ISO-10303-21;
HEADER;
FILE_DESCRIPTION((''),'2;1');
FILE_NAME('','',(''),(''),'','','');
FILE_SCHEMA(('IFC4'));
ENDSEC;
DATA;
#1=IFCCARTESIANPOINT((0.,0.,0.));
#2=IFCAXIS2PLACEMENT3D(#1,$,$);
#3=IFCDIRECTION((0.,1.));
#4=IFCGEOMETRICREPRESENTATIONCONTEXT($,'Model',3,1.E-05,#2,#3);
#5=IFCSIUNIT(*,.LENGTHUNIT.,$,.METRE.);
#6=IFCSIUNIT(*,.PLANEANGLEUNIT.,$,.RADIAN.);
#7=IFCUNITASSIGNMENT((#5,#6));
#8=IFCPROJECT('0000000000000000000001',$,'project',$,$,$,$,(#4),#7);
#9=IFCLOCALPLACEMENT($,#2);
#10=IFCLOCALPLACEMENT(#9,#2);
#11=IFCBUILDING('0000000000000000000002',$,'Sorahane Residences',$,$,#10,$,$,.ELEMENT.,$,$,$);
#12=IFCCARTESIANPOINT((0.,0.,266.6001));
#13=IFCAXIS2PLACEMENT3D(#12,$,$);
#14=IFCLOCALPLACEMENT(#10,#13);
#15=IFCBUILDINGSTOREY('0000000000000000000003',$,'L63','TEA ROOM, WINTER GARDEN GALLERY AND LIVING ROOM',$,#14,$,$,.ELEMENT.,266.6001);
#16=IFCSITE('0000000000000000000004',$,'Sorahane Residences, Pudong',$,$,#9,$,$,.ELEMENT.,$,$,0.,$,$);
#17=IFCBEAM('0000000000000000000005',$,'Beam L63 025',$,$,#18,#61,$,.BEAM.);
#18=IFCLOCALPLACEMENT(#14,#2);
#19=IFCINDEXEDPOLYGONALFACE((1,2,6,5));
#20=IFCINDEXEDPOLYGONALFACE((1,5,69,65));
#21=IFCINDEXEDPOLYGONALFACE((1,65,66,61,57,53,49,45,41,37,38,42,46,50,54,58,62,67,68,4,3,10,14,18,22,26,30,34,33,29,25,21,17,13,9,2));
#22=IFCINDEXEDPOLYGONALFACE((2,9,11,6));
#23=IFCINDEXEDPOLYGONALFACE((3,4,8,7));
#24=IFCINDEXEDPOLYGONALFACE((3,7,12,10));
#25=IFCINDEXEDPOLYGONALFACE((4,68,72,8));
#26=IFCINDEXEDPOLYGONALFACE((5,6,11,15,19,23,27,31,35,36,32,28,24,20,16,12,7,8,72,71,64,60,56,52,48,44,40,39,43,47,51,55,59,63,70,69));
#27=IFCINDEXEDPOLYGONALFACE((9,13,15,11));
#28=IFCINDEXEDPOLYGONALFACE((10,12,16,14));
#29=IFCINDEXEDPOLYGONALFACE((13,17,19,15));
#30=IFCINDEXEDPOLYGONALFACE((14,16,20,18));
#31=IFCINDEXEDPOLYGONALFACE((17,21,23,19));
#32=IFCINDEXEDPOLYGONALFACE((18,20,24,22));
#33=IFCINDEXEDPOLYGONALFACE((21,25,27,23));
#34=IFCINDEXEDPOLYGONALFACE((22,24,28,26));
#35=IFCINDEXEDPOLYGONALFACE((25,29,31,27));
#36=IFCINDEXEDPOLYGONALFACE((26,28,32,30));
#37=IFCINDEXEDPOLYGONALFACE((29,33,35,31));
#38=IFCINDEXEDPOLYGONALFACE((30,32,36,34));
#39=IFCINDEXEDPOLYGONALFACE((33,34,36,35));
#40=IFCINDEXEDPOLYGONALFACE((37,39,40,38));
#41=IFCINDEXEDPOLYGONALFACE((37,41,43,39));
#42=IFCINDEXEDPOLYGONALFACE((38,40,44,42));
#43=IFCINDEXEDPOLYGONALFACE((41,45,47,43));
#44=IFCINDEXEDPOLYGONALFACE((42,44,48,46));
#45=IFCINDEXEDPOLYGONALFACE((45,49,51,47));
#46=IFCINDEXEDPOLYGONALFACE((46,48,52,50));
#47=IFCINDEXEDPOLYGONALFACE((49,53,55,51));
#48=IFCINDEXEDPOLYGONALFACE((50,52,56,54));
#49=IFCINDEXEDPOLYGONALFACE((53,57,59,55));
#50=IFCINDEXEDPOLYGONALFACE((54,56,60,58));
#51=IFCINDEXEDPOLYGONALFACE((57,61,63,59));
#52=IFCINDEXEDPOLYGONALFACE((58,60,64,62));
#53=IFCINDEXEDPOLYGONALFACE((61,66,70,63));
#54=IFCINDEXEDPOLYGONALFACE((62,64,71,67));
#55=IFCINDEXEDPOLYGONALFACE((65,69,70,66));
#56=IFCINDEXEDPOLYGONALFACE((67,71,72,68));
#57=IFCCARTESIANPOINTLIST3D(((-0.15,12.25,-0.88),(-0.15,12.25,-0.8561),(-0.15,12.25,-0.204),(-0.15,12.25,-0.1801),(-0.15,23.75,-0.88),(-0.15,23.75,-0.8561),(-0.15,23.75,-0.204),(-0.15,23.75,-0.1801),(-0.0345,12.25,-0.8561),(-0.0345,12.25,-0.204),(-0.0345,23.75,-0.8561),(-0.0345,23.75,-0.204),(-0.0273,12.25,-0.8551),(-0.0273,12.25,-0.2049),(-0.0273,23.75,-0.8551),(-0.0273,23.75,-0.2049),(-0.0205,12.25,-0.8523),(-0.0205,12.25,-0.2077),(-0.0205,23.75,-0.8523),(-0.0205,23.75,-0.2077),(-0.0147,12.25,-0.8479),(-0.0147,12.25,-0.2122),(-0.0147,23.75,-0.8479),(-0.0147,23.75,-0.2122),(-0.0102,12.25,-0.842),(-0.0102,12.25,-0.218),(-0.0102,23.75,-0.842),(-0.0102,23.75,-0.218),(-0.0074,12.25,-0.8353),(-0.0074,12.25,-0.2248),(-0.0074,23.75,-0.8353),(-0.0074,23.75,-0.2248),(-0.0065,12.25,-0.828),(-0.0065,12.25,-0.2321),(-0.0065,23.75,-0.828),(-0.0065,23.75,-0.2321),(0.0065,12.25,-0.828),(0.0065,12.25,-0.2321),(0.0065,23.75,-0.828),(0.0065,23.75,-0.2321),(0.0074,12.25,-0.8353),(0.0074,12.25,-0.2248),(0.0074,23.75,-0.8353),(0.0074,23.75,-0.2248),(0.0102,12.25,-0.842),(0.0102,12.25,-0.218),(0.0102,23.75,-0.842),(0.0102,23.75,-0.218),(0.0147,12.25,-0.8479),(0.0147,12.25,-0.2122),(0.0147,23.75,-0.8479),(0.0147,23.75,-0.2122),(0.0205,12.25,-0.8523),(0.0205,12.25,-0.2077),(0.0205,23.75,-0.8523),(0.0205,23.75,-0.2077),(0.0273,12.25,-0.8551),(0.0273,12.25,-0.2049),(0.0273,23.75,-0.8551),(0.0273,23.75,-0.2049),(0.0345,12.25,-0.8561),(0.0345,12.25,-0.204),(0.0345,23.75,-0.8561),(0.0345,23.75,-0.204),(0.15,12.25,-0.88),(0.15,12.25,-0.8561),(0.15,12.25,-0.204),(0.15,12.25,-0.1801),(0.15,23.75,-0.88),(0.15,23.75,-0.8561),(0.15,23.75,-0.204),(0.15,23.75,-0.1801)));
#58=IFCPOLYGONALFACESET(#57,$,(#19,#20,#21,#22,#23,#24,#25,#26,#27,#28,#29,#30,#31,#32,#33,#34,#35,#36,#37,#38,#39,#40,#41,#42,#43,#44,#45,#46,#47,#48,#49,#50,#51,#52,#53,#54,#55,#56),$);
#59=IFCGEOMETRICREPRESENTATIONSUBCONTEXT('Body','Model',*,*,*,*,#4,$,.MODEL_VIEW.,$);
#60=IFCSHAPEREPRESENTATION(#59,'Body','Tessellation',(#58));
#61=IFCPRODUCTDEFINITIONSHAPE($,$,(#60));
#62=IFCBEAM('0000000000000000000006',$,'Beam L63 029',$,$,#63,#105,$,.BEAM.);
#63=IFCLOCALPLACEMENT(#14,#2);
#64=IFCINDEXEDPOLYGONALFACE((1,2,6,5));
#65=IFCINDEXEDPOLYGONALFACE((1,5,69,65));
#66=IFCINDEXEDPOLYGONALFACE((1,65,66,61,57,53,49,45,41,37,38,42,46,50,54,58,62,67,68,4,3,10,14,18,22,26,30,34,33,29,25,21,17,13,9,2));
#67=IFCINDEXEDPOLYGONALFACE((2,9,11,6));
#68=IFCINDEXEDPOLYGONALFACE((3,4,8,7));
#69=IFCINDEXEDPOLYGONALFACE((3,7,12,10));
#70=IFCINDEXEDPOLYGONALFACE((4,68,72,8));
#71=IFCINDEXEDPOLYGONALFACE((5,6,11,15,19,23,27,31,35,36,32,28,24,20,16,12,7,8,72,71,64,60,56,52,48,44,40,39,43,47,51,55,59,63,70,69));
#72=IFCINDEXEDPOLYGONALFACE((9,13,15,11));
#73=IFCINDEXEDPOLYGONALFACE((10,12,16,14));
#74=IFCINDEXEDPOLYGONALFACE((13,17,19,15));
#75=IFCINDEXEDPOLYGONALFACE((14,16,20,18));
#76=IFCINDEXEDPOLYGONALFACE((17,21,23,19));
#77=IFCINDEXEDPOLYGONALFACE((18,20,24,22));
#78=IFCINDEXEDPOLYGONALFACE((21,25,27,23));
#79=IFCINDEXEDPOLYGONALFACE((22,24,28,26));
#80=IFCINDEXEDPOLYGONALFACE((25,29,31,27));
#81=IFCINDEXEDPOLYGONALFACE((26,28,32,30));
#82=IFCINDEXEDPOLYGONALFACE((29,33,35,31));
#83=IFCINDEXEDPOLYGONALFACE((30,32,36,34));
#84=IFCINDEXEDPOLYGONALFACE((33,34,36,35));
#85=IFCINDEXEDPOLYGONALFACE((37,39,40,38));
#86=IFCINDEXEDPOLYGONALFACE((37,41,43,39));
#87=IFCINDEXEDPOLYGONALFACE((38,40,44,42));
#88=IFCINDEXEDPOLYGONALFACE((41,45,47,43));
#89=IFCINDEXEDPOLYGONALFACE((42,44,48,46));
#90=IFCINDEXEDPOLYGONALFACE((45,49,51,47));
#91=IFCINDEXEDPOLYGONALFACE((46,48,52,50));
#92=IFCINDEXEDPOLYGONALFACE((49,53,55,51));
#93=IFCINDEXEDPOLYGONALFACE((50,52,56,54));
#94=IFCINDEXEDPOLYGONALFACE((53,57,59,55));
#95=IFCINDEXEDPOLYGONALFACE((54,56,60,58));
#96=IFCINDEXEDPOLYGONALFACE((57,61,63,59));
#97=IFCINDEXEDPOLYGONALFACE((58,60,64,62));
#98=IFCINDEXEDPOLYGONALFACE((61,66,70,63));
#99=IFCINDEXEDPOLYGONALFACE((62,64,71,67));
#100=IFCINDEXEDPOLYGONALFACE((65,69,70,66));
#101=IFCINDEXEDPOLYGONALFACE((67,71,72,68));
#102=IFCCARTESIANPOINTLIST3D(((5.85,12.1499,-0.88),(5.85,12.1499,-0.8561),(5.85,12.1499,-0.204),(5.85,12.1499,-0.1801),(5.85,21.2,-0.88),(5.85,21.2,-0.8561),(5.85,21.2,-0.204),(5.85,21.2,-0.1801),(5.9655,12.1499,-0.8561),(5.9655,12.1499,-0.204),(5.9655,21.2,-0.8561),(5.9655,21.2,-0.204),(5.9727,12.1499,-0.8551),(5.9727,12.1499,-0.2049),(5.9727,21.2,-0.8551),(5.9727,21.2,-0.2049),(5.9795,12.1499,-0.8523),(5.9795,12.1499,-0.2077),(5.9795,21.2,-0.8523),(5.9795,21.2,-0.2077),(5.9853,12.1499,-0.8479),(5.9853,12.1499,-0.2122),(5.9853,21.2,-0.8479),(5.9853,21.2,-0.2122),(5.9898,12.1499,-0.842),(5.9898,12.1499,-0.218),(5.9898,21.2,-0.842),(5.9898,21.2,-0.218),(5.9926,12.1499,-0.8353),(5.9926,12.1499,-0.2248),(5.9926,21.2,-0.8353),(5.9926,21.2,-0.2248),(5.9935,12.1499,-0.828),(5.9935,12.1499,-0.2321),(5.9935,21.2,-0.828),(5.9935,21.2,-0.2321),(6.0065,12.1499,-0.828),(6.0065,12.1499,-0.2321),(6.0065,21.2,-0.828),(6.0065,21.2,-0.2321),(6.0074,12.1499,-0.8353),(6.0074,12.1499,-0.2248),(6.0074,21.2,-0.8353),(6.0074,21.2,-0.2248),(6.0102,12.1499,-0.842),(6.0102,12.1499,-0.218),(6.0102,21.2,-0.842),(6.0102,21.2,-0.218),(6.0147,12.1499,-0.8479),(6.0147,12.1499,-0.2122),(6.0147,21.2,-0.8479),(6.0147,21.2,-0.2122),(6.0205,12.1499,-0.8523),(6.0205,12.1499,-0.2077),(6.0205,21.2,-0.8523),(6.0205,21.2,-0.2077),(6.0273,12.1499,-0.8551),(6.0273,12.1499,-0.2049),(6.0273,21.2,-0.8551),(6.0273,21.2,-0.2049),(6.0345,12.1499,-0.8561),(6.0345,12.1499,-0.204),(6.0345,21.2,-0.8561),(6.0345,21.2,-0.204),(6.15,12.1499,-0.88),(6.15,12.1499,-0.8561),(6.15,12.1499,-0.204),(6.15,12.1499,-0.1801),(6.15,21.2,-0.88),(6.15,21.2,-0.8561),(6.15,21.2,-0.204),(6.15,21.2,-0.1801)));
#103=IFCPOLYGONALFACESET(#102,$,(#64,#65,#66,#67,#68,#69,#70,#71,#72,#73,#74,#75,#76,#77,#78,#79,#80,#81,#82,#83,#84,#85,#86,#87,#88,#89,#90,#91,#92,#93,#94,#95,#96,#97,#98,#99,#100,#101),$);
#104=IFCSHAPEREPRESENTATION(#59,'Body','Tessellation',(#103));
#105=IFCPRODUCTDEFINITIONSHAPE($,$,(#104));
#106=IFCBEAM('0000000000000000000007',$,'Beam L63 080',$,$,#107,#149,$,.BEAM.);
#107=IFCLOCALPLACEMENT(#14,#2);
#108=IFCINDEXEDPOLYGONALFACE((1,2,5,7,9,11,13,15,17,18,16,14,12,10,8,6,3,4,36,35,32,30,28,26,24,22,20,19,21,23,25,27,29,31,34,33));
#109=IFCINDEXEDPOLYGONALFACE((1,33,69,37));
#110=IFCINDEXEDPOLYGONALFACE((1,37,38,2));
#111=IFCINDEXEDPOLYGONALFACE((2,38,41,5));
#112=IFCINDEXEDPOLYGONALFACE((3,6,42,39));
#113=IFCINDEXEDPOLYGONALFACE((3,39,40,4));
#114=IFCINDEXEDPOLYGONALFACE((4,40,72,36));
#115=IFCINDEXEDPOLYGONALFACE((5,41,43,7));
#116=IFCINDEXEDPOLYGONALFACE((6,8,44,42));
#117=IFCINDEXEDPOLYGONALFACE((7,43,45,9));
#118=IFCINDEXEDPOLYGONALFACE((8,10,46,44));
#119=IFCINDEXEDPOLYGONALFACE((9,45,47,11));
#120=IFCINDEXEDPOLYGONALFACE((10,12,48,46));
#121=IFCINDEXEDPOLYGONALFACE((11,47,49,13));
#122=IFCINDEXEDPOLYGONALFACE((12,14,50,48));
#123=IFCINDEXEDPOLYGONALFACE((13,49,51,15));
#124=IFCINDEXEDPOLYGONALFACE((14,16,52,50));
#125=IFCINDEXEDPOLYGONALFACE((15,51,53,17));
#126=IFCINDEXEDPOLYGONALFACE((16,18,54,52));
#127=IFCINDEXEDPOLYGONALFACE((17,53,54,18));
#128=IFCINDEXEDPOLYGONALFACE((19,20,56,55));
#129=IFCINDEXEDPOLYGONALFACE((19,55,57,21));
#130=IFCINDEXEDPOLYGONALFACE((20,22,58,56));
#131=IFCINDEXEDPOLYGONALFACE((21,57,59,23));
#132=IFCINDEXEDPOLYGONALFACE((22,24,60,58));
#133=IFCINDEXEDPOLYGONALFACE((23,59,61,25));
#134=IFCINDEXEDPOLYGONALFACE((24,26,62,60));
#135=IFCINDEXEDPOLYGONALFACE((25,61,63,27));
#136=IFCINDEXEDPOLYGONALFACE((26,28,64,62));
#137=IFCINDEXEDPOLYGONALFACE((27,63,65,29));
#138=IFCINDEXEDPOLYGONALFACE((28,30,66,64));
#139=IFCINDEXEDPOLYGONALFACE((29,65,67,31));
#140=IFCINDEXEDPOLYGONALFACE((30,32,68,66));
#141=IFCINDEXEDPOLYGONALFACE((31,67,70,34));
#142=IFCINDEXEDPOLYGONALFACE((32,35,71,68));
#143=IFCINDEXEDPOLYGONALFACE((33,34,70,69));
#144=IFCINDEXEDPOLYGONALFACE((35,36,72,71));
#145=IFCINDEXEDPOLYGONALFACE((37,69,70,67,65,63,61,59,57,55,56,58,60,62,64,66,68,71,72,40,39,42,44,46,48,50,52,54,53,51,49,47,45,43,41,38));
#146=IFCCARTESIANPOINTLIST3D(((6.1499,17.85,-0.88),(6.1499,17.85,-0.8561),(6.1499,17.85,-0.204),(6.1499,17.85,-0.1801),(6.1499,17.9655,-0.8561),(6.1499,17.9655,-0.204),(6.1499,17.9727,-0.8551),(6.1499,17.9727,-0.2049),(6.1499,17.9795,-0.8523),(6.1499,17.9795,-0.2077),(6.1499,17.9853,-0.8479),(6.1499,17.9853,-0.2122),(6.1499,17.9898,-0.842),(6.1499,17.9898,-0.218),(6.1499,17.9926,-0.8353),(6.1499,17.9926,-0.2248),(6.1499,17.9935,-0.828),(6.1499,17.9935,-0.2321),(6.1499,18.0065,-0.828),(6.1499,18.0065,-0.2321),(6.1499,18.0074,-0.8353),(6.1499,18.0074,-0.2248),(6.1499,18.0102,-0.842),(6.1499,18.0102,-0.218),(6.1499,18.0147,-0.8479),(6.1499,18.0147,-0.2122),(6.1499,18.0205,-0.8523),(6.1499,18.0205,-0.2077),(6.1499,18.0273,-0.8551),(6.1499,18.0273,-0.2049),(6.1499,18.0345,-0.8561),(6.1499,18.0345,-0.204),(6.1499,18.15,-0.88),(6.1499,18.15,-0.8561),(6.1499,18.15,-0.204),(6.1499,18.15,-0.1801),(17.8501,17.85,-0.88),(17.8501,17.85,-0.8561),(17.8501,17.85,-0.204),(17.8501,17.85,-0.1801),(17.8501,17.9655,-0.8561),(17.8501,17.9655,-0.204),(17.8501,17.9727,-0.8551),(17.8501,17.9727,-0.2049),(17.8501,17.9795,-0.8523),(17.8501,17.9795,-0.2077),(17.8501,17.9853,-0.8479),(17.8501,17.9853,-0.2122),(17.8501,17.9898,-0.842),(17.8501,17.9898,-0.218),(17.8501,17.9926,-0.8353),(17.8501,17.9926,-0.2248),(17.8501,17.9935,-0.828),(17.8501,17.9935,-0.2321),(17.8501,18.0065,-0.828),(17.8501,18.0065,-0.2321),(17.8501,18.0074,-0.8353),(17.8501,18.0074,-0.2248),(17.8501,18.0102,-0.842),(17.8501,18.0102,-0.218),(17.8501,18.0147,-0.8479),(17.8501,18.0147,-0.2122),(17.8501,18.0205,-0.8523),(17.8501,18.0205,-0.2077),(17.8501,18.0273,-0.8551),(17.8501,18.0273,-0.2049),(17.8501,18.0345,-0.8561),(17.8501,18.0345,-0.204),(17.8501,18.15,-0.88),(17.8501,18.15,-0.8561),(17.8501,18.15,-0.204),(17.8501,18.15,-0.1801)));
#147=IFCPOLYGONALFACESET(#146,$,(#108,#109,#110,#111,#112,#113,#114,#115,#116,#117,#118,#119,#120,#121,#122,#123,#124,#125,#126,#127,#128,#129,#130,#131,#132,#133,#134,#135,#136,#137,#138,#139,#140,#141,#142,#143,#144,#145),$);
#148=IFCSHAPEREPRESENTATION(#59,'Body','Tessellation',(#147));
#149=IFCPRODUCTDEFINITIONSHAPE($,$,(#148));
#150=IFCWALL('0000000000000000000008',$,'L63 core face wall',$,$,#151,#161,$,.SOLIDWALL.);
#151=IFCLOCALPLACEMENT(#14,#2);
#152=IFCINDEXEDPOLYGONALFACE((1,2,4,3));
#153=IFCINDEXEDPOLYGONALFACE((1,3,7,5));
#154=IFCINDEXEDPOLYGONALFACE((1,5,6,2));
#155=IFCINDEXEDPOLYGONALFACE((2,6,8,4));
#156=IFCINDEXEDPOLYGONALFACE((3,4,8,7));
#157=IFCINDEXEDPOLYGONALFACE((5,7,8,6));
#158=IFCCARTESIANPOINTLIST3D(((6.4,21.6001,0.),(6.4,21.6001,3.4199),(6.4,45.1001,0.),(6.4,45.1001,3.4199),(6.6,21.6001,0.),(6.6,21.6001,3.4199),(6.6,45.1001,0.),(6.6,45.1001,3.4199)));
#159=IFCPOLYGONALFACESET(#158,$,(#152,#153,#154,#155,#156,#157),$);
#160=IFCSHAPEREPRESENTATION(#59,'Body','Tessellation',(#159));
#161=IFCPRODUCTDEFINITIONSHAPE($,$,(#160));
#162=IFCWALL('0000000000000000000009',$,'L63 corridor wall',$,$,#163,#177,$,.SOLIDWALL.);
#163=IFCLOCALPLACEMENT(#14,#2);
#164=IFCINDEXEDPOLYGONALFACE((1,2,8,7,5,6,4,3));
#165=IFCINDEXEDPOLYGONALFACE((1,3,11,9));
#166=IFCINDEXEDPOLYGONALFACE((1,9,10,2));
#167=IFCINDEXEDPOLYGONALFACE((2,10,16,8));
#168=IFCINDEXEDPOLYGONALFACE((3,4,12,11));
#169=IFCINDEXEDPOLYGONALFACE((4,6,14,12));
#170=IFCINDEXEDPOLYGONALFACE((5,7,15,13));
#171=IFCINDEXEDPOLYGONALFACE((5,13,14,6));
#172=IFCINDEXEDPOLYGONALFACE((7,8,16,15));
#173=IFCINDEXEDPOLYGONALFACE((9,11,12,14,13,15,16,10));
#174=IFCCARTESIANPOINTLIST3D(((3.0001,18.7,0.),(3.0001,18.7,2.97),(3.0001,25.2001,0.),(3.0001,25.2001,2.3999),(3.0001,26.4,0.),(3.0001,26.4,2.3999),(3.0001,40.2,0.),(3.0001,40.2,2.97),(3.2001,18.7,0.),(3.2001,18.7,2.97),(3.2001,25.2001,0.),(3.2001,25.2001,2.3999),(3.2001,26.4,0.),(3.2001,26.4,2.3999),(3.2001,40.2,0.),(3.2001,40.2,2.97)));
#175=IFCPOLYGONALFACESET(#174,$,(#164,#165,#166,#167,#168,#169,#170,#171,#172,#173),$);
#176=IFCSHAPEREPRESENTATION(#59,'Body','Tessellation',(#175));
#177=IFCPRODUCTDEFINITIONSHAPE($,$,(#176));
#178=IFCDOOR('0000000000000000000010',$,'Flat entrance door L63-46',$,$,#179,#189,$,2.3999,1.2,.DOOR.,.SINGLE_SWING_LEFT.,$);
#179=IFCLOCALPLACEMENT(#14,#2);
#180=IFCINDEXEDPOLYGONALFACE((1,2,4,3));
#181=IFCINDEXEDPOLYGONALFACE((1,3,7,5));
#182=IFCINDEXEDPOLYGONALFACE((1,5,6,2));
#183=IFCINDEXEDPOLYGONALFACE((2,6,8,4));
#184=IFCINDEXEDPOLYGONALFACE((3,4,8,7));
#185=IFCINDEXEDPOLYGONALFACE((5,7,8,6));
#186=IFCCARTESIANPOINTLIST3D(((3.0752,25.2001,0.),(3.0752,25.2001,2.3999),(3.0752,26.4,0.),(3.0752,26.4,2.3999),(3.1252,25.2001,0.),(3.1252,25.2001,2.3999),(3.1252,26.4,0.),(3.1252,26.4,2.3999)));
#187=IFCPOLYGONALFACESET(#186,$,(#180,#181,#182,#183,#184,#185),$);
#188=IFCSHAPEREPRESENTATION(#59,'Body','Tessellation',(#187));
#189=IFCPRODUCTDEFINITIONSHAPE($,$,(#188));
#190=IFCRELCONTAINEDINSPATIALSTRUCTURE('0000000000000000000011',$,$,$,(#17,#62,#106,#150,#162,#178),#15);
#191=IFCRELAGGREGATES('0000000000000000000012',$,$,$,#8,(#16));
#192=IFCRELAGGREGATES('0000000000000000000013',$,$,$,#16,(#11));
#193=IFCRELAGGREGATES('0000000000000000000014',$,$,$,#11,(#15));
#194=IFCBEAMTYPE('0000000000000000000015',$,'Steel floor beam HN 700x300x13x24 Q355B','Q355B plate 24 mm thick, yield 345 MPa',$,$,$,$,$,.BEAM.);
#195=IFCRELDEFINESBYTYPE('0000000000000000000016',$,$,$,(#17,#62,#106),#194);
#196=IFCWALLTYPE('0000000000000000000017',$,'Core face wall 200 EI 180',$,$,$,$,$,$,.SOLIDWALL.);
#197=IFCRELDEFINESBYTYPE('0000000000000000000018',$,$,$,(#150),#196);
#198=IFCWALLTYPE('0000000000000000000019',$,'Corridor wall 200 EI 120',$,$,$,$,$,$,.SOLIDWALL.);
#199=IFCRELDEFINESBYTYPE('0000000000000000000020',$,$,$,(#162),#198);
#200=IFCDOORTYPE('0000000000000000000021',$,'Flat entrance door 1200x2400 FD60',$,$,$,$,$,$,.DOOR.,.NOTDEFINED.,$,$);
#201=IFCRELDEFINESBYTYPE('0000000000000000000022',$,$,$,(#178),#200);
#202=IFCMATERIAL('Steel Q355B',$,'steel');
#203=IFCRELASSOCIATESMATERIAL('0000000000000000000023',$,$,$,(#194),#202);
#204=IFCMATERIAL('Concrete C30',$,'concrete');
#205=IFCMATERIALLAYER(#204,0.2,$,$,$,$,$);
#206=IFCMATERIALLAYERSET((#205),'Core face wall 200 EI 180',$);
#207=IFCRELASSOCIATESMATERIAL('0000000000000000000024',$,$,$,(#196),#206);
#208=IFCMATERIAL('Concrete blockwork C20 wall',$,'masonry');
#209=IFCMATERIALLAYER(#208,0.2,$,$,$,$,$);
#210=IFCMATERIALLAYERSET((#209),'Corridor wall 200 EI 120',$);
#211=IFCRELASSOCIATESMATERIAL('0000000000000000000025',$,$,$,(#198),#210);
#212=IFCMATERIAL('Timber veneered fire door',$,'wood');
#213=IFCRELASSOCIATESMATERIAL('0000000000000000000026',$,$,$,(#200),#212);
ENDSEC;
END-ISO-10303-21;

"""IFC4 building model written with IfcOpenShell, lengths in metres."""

from ifc_helpers import new_model, si_unit, direction, frame, frame_2d, origin, origin_2d, place, context, subcontext, project, spatial, rectangle, i_section, extrude, material, layer, layer_set, material_profile, profile_set, type_object, element, fill, save


model = new_model("IFC4")

# Units and contexts
model_context = context("Model", 3, precision=1e-05, world=origin(), true_north=direction((0.0, 1.0)))
body_context = subcontext(model_context, "Body", "Model", "MODEL_VIEW")
ifc_project = project(units=[si_unit("LENGTHUNIT", "METRE"), si_unit("PLANEANGLEUNIT", "RADIAN")], contexts=[model_context])

# Site, building, storey
site_placement = place(None, origin())
site = spatial("IfcSite", under=ifc_project, at=site_placement, Name="Sorahane Residences, Pudong", CompositionType="ELEMENT", RefElevation=0.0)
building_placement = place(site_placement, origin())
building = spatial("IfcBuilding", under=site, at=building_placement, Name="Sorahane Residences", CompositionType="ELEMENT")
storey_placement = place(building_placement, frame((0.0, 0.0, 266.6001)))
storey = spatial("IfcBuildingStorey", under=building, at=storey_placement, Name="L63", Description="TEA ROOM, WINTER GARDEN GALLERY AND LIVING ROOM", CompositionType="ELEMENT", Elevation=266.6001)

# Beams
ifc_material_1 = material(Name="Steel Q355B", Category="steel")
ifc_material_profile_1 = material_profile(ifc_material_1, i_section(OverallWidth=0.3, OverallDepth=0.7, WebThickness=0.0129, FlangeThickness=0.0239, FilletRadius=0.0281, at=origin_2d()), Name="HN 700x300x13x24")
ifc_profile_set_1 = profile_set([ifc_material_profile_1], Name="Steel Q355B")
beam_type_1 = type_object("IfcBeamType", Name="Steel floor beam HN 700x300x13x24 Q355B", Description="Q355B plate 24 mm thick, yield 345 MPa", PredefinedType="BEAM", material=ifc_profile_set_1)
for number, where, z_axis, x_axis, name in (
    (1, (0.0, 12.25, -0.53), (0.0, 1.0, 0.0), (-1.0, 0.0, 0.0), "Beam L63 025"),
):
    element("IfcBeam", number, at=place(storey_placement, frame(where, z_axis=z_axis, x_axis=x_axis)), inside=storey, type_object=beam_type_1, Name=name, PredefinedType="BEAM", context=body_context, shape_type="SweptSolid", body=[
        extrude(i_section(OverallWidth=0.3, OverallDepth=0.7, WebThickness=0.0129, FlangeThickness=0.0239, FilletRadius=0.0281, at=origin_2d()), origin(), (0.0, 0.0, 1.0), 11.5),
    ])
beam_1_placement = place(storey_placement, frame((6.0, 12.1499, -0.53), z_axis=(0.0, 1.0, 0.0), x_axis=(-1.0, 0.0, 0.0)))
element("IfcBeam", 2, at=beam_1_placement, inside=storey, type_object=beam_type_1, Name="Beam L63 029", PredefinedType="BEAM", context=body_context, shape_type="SweptSolid", body=[
    extrude(i_section(OverallWidth=0.3, OverallDepth=0.7, WebThickness=0.0129, FlangeThickness=0.0239, FilletRadius=0.0281, at=origin_2d()), origin(), (0.0, 0.0, 1.0), 9.05),
])
beam_2_placement = place(storey_placement, frame((6.1499, 18.0, -0.53), z_axis=(1.0, 0.0, 0.0), x_axis=(0.0, 1.0, 0.0)))
element("IfcBeam", 3, at=beam_2_placement, inside=storey, type_object=beam_type_1, Name="Beam L63 080", PredefinedType="BEAM", context=body_context, shape_type="SweptSolid", body=[
    extrude(i_section(OverallWidth=0.3, OverallDepth=0.7, WebThickness=0.0129, FlangeThickness=0.0239, FilletRadius=0.0281, at=origin_2d()), origin(), (0.0, 0.0, 1.0), 11.7002),
])

# Wall
ifc_material_2 = material(Name="Concrete C30", Category="concrete")
ifc_layer_1 = layer(ifc_material_2, 0.2)
ifc_layer_set_1 = layer_set([ifc_layer_1], Name="Core face wall 200 EI 180")
wall_type_1 = type_object("IfcWallType", Name="Core face wall 200 EI 180", PredefinedType="SOLIDWALL", material=ifc_layer_set_1)
wall_1_placement = place(storey_placement, frame((6.5, 21.6001, 0.0), z_axis=(0.0, 0.0, 1.0), x_axis=(0.0, 1.0, 0.0)))
element("IfcWall", 4, at=wall_1_placement, inside=storey, type_object=wall_type_1, Name="L63 core face wall", PredefinedType="SOLIDWALL", context=body_context, shape_type="SweptSolid", body=[
    extrude(rectangle(XDim=23.5, YDim=0.2, at=frame_2d((11.75, 0.0))), origin(), (0.0, 0.0, 1.0), 3.4199),
])

# Wall, opening, door
ifc_material_3 = material(Name="Concrete blockwork C20 wall", Category="masonry")
ifc_layer_2 = layer(ifc_material_3, 0.2)
ifc_layer_set_2 = layer_set([ifc_layer_2], Name="Corridor wall 200 EI 120")
wall_type_2 = type_object("IfcWallType", Name="Corridor wall 200 EI 120", PredefinedType="SOLIDWALL", material=ifc_layer_set_2)
wall_2_placement = place(storey_placement, frame((3.1001, 18.7, 0.0), z_axis=(0.0, 0.0, 1.0), x_axis=(0.0, 1.0, 0.0)))
wall_2 = element("IfcWall", 5, at=wall_2_placement, inside=storey, type_object=wall_type_2, Name="L63 corridor wall", PredefinedType="SOLIDWALL", context=body_context, shape_type="SweptSolid", body=[
    extrude(rectangle(XDim=21.5, YDim=0.2, at=frame_2d((10.75, 0.0))), origin(), (0.0, 0.0, 1.0), 2.97),
])
opening_1_placement = place(wall_2_placement, frame((6.5, 0.0, 0.0)))
opening_1 = element("IfcOpeningElement", 6, at=opening_1_placement, cuts=wall_2, PredefinedType="OPENING", context=body_context, shape_type="SweptSolid", body=[
    extrude(rectangle(XDim=1.2, YDim=2.3999, at=frame_2d((0.6001, 1.2))), frame((0.0, 0.1099, 0.0), z_axis=(0.0, -1.0, 0.0), x_axis=(1.0, 0.0, 0.0)), (0.0, 0.0, 1.0), 0.22),
])
ifc_material_4 = material(Name="Timber veneered fire door", Category="wood")
door_type_1 = type_object("IfcDoorType", Name="Flat entrance door 1200x2400 FD60", OperationType="NOTDEFINED", PredefinedType="DOOR", material=ifc_material_4)
door_1_placement = place(opening_1_placement, origin())
door_1 = element("IfcDoor", 7, at=door_1_placement, inside=storey, type_object=door_type_1, Name="Flat entrance door L63-46", OperationType="SINGLE_SWING_LEFT", OverallHeight=2.3999, OverallWidth=1.2, PredefinedType="DOOR", context=body_context, shape_type="SweptSolid", body=[
    extrude(rectangle(XDim=1.2, YDim=2.3999, at=frame_2d((0.6001, 1.2))), frame((0.0, 0.0249, 0.0), z_axis=(0.0, -1.0, 0.0), x_axis=(1.0, 0.0, 0.0)), (0.0, 0.0, 1.0), 0.05),
])
fill(opening_1, door_1)

save(model, "model.ifc")
